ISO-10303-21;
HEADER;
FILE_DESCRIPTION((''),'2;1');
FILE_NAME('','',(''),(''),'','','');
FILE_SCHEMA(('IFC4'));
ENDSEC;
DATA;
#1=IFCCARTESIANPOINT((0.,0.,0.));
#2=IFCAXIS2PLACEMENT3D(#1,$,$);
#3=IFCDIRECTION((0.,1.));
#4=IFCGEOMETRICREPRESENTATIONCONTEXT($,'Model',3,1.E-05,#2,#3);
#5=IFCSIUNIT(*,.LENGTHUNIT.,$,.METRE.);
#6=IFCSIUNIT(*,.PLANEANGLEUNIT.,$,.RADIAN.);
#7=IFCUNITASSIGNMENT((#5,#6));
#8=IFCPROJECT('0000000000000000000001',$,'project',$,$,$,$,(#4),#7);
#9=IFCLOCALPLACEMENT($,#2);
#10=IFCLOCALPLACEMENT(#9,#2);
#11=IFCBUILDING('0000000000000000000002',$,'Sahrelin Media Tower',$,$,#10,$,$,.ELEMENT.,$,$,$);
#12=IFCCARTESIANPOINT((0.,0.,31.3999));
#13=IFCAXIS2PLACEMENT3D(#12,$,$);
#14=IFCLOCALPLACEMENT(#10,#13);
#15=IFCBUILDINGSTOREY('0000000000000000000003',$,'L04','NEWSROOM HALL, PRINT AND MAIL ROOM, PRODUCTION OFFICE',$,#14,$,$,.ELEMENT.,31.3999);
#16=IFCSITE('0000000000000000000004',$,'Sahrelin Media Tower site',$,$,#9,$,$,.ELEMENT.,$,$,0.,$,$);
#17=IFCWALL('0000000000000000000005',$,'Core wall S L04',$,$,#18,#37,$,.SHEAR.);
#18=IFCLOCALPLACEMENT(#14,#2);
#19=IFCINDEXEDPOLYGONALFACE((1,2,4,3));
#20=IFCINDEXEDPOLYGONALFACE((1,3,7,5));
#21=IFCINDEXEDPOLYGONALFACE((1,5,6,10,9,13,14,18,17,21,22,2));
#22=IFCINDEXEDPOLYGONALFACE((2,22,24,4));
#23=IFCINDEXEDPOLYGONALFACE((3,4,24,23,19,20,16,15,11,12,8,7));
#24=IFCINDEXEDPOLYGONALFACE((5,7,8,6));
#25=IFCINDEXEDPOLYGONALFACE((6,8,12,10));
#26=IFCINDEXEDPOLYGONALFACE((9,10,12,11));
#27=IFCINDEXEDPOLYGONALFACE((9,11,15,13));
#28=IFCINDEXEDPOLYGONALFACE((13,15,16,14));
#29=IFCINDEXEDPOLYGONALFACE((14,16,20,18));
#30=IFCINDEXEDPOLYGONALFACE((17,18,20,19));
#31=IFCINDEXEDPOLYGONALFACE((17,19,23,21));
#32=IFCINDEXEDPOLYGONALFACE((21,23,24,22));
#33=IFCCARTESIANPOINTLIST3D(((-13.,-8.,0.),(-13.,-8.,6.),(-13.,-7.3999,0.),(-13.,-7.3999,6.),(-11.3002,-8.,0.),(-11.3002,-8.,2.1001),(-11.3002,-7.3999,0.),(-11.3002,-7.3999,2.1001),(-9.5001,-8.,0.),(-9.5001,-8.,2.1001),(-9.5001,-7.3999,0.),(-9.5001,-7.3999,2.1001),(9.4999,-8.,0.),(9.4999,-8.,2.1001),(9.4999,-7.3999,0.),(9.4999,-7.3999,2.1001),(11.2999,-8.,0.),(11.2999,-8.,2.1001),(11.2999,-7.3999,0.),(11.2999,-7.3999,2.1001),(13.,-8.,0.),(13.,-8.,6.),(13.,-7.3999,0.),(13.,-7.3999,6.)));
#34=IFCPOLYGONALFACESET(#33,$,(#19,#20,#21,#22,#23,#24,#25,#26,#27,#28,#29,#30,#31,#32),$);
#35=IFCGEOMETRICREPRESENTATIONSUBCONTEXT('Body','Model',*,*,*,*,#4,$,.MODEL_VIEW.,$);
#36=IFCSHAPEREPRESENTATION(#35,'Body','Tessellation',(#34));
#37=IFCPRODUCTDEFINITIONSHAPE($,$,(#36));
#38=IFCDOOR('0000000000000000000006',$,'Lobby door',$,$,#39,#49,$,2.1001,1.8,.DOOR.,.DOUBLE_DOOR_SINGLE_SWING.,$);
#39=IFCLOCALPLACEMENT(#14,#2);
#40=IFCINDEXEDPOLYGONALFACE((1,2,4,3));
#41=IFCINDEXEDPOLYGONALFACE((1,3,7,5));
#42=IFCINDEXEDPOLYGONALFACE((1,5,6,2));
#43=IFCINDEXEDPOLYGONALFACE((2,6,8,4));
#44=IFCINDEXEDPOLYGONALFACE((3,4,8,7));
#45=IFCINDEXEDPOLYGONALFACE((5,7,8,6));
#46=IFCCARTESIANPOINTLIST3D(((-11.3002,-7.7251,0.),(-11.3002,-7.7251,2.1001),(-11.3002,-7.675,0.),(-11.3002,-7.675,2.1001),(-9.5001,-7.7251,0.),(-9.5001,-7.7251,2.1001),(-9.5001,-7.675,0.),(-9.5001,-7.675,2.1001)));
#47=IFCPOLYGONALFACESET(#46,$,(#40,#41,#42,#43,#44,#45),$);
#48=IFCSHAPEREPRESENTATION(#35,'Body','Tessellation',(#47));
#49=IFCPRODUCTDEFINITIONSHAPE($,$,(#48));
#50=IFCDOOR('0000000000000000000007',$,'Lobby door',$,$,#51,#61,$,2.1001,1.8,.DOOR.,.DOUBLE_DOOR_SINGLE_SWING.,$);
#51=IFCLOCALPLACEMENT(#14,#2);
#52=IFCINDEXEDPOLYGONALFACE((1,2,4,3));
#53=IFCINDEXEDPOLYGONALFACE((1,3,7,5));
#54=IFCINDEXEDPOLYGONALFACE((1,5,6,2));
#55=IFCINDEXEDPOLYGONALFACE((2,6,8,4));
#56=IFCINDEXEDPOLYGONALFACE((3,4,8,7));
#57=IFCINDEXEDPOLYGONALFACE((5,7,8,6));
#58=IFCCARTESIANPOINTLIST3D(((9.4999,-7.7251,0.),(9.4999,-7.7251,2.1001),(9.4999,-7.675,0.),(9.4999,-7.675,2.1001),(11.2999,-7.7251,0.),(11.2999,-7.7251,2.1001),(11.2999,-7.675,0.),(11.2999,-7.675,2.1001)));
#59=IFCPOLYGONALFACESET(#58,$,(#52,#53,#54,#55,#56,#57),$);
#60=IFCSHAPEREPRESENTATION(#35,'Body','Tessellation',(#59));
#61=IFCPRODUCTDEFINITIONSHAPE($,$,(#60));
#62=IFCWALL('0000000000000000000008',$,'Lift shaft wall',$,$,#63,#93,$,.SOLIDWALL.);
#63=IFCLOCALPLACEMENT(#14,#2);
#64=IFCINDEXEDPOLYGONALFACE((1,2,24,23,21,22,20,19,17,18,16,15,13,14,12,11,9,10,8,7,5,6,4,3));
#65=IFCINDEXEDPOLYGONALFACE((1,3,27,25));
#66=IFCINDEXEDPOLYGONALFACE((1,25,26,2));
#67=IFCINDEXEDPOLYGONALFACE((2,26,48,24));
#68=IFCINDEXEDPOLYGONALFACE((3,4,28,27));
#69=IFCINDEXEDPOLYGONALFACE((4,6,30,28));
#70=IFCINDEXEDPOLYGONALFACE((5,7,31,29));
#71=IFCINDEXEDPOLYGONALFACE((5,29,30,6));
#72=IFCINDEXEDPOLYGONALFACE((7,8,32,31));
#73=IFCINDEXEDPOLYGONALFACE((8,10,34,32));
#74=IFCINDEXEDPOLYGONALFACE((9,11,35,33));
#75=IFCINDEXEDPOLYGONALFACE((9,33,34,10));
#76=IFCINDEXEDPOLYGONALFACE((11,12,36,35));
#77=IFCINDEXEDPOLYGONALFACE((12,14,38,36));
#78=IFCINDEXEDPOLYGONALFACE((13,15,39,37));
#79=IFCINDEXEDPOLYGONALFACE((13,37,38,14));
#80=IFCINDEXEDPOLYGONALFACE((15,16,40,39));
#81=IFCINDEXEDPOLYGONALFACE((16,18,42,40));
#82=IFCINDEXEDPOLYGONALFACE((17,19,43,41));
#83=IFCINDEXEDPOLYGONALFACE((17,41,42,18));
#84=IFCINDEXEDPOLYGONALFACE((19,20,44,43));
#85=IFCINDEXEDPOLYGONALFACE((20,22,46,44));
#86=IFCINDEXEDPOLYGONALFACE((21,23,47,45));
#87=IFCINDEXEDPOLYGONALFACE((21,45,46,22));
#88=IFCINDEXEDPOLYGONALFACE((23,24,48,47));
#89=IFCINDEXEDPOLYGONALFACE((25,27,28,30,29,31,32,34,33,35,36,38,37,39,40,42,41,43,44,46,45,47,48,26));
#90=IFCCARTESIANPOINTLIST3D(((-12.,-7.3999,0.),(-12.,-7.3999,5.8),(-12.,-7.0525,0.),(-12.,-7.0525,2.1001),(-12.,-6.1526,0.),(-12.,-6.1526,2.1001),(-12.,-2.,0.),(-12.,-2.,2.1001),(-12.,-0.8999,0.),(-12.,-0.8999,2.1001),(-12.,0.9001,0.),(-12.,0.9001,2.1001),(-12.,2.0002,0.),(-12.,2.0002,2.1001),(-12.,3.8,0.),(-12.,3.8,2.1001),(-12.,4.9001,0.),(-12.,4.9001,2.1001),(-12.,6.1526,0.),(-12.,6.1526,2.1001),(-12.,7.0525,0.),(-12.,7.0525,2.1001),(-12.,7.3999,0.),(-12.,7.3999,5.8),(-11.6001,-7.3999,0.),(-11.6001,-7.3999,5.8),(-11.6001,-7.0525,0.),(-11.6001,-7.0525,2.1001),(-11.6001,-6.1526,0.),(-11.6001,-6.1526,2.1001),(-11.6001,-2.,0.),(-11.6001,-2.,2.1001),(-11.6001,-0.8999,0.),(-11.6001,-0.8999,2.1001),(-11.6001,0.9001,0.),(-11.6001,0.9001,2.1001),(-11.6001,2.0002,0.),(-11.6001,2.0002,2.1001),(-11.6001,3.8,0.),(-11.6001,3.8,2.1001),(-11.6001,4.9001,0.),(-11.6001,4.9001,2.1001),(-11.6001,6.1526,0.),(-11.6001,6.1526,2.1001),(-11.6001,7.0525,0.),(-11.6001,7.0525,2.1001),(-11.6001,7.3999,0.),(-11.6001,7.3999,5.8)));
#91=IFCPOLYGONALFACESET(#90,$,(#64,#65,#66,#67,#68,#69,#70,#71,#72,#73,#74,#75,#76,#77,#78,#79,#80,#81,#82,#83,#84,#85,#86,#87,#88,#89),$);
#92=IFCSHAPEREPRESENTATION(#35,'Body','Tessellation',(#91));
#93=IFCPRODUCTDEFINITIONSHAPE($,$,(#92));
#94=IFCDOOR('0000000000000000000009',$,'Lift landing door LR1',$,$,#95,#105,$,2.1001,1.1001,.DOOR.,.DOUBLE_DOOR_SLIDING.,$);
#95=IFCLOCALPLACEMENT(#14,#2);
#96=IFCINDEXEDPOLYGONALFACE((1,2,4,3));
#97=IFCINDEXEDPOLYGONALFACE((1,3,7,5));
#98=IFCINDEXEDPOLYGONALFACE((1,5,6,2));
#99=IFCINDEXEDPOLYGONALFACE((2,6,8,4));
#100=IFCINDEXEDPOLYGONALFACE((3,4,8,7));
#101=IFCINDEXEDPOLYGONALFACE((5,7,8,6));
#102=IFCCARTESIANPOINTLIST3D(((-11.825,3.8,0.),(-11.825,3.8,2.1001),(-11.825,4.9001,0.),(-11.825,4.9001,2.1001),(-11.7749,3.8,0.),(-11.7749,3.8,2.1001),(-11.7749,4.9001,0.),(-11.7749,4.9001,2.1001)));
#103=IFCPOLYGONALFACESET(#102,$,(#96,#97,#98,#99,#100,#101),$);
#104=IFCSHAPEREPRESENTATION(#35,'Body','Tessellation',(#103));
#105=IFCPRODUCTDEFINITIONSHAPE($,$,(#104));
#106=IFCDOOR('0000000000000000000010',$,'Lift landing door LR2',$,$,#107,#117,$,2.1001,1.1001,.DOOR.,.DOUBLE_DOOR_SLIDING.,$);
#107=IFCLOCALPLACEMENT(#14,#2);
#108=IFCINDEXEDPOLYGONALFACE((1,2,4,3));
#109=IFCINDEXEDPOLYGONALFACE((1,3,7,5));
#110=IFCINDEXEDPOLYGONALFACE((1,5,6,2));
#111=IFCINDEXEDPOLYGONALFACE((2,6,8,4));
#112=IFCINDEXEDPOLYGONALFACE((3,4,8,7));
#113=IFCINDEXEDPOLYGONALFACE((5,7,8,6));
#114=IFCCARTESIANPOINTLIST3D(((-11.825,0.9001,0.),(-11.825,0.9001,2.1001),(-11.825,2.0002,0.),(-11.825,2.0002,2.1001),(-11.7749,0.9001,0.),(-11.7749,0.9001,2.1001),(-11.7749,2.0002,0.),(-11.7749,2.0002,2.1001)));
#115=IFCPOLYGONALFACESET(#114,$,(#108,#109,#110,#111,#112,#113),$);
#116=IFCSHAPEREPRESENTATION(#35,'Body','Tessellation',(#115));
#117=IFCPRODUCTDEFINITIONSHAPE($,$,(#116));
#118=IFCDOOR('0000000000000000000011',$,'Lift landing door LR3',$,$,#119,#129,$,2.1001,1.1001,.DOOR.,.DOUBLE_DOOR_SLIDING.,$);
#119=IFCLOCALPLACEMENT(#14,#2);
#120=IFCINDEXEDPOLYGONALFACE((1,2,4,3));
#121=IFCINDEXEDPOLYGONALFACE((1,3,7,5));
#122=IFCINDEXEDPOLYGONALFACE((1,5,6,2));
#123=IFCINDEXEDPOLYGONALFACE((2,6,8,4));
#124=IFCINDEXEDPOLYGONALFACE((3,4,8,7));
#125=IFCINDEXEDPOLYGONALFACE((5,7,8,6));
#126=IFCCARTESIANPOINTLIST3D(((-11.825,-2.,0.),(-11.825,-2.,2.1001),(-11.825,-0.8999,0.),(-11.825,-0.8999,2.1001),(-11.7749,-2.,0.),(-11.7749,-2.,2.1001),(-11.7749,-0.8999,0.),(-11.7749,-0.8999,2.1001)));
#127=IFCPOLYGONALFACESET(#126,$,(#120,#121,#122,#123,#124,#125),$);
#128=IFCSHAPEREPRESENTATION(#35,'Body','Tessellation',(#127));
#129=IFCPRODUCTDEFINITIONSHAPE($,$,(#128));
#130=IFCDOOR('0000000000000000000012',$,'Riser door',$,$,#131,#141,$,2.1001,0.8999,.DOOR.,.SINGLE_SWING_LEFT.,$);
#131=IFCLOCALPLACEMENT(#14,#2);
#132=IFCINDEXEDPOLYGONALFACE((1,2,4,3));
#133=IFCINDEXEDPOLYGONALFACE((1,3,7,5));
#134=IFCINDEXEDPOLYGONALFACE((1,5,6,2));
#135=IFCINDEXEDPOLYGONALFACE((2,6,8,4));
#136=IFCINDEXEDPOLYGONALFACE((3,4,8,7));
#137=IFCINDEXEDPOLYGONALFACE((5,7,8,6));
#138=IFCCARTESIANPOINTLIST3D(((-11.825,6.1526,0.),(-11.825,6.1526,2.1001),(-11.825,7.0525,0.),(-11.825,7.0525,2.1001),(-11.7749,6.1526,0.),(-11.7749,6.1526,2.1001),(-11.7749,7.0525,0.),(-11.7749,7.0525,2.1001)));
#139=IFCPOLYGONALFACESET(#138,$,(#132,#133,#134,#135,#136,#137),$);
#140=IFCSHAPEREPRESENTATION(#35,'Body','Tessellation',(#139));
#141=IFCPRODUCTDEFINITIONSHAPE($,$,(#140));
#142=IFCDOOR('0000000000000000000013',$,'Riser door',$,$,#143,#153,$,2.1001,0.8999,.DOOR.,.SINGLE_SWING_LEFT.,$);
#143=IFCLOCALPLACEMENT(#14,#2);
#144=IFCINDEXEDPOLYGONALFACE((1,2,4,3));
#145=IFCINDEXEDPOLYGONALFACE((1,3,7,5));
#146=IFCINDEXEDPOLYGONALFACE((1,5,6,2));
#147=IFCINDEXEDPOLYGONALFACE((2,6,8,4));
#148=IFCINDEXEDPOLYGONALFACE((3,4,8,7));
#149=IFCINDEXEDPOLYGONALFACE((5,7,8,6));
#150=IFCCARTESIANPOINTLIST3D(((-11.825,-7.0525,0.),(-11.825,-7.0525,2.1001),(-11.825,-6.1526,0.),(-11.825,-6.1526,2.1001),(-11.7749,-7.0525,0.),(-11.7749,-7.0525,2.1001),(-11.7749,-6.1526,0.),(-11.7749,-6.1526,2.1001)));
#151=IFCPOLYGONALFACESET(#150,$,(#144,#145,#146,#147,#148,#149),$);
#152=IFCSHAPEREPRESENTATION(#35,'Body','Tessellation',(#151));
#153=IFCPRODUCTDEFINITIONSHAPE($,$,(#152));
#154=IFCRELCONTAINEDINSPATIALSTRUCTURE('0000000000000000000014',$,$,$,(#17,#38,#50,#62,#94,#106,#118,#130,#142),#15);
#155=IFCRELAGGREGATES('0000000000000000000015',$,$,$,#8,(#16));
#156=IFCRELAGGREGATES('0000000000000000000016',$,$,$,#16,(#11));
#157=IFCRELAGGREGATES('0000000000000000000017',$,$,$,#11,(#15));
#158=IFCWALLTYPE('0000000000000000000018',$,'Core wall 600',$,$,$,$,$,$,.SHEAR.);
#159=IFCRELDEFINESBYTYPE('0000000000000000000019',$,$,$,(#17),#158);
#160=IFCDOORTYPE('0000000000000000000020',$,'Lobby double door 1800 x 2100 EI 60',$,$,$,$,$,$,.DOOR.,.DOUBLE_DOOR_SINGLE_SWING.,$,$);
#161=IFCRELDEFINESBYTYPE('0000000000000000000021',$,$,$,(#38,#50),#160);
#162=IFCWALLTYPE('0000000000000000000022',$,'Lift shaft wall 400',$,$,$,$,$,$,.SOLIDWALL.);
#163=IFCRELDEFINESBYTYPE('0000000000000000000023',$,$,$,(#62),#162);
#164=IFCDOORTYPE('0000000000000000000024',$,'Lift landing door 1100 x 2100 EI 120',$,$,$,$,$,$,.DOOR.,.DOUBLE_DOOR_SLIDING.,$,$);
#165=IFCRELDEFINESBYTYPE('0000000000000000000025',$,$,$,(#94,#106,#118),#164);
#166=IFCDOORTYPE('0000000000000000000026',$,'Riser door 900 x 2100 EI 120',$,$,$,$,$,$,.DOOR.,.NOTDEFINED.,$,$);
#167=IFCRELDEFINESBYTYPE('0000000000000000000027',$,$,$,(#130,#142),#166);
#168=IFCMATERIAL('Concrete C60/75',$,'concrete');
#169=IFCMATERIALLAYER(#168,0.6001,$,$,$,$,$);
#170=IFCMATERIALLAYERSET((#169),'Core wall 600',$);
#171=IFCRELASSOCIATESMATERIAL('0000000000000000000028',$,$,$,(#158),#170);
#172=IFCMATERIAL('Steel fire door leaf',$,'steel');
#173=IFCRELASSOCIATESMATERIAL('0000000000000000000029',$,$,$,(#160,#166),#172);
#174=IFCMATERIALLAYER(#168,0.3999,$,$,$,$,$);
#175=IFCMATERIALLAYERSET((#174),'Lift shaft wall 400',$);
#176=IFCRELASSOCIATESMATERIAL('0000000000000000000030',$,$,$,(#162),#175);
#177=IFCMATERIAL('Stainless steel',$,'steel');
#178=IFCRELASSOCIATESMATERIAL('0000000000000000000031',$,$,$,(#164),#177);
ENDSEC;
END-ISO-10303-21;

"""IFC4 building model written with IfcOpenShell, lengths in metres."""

from ifc_helpers import new_model, si_unit, direction, frame, frame_2d, origin, place, context, subcontext, project, spatial, rectangle, extrude, material, layer, layer_set, type_object, element, fill, save


model = new_model("IFC4")

# Units and contexts
model_context = context("Model", 3, precision=1e-05, world=origin(), true_north=direction((0.0, 1.0)))
body_context = subcontext(model_context, "Body", "Model", "MODEL_VIEW")
ifc_project = project(units=[si_unit("LENGTHUNIT", "METRE"), si_unit("PLANEANGLEUNIT", "RADIAN")], contexts=[model_context])

# Site, building, storey
site_placement = place(None, origin())
site = spatial("IfcSite", under=ifc_project, at=site_placement, Name="Sahrelin Media Tower site", CompositionType="ELEMENT", RefElevation=0.0)
building_placement = place(site_placement, origin())
building = spatial("IfcBuilding", under=site, at=building_placement, Name="Sahrelin Media Tower", CompositionType="ELEMENT")
storey_placement = place(building_placement, frame((0.0, 0.0, 31.3999)))
storey = spatial("IfcBuildingStorey", under=building, at=storey_placement, Name="L04", Description="NEWSROOM HALL, PRINT AND MAIL ROOM, PRODUCTION OFFICE", CompositionType="ELEMENT", Elevation=31.3999)

# Walls, openings, doors
ifc_material_1 = material(Name="Concrete C60/75", Category="concrete")
ifc_layer_1 = layer(ifc_material_1, 0.6001)
ifc_layer_set_1 = layer_set([ifc_layer_1], Name="Core wall 600")
wall_type_1 = type_object("IfcWallType", Name="Core wall 600", PredefinedType="SHEAR", material=ifc_layer_set_1)
wall_1_placement = place(storey_placement, frame((-13.0, -7.7, 0.0), z_axis=(0.0, 0.0, 1.0), x_axis=(1.0, 0.0, 0.0)))
wall_1 = element("IfcWall", 1, at=wall_1_placement, inside=storey, type_object=wall_type_1, Name="Core wall S L04", PredefinedType="SHEAR", context=body_context, shape_type="SweptSolid", body=[
    extrude(rectangle(XDim=26.0, YDim=0.6001, at=frame_2d((13.0, 0.0))), origin(), (0.0, 0.0, 1.0), 6.0),
])
opening_1_placement = place(wall_1_placement, frame((1.7, 0.0, 0.0)))
opening_1 = element("IfcOpeningElement", 2, at=opening_1_placement, cuts=wall_1, PredefinedType="OPENING", context=body_context, shape_type="SweptSolid", body=[
    extrude(rectangle(XDim=1.8, YDim=2.1001, at=frame_2d((0.8999, 1.05))), frame((0.0, 0.3, 0.0), z_axis=(0.0, -1.0, 0.0), x_axis=(1.0, 0.0, 0.0)), (0.0, 0.0, 1.0), 0.6001),
])
opening_2_placement = place(wall_1_placement, frame((22.5, 0.0, 0.0)))
opening_2 = element("IfcOpeningElement", 3, at=opening_2_placement, cuts=wall_1, PredefinedType="OPENING", context=body_context, shape_type="SweptSolid", body=[
    extrude(rectangle(XDim=1.8, YDim=2.1001, at=frame_2d((0.8999, 1.05))), frame((0.0, 0.3, 0.0), z_axis=(0.0, -1.0, 0.0), x_axis=(1.0, 0.0, 0.0)), (0.0, 0.0, 1.0), 0.6001),
])
ifc_material_2 = material(Name="Steel fire door leaf", Category="steel")
door_type_1 = type_object("IfcDoorType", Name="Lobby double door 1800 x 2100 EI 60", OperationType="DOUBLE_DOOR_SINGLE_SWING", PredefinedType="DOOR", material=ifc_material_2)
door_1_placement = place(opening_1_placement, origin())
door_1 = element("IfcDoor", 4, at=door_1_placement, inside=storey, type_object=door_type_1, Name="Lobby door", OperationType="DOUBLE_DOOR_SINGLE_SWING", OverallHeight=2.1001, OverallWidth=1.8, PredefinedType="DOOR", context=body_context, shape_type="SweptSolid", body=[
    extrude(rectangle(XDim=1.8, YDim=2.1001, at=frame_2d((0.8999, 1.05))), frame((0.0, 0.0249, 0.0), z_axis=(0.0, -1.0, 0.0), x_axis=(1.0, 0.0, 0.0)), (0.0, 0.0, 1.0), 0.05),
])
fill(opening_1, door_1)
door_2_placement = place(opening_2_placement, origin())
door_2 = element("IfcDoor", 5, at=door_2_placement, inside=storey, type_object=door_type_1, Name="Lobby door", OperationType="DOUBLE_DOOR_SINGLE_SWING", OverallHeight=2.1001, OverallWidth=1.8, PredefinedType="DOOR", context=body_context, shape_type="SweptSolid", body=[
    extrude(rectangle(XDim=1.8, YDim=2.1001, at=frame_2d((0.8999, 1.05))), frame((0.0, 0.0249, 0.0), z_axis=(0.0, -1.0, 0.0), x_axis=(1.0, 0.0, 0.0)), (0.0, 0.0, 1.0), 0.05),
])
fill(opening_2, door_2)
ifc_layer_2 = layer(ifc_material_1, 0.3999)
ifc_layer_set_2 = layer_set([ifc_layer_2], Name="Lift shaft wall 400")
wall_type_2 = type_object("IfcWallType", Name="Lift shaft wall 400", PredefinedType="SOLIDWALL", material=ifc_layer_set_2)
wall_2_placement = place(storey_placement, frame((-11.8, -7.3999, 0.0), z_axis=(0.0, 0.0, 1.0), x_axis=(0.0, 1.0, 0.0)))
wall_2 = element("IfcWall", 6, at=wall_2_placement, inside=storey, type_object=wall_type_2, Name="Lift shaft wall", PredefinedType="SOLIDWALL", context=body_context, shape_type="SweptSolid", body=[
    extrude(rectangle(XDim=14.7998, YDim=0.3999, at=frame_2d((7.3999, 0.0))), origin(), (0.0, 0.0, 1.0), 5.8),
])
opening_3_placement = place(wall_2_placement, frame((11.2, 0.0, 0.0)))
opening_3 = element("IfcOpeningElement", 7, at=opening_3_placement, cuts=wall_2, PredefinedType="OPENING", context=body_context, shape_type="SweptSolid", body=[
    extrude(rectangle(XDim=1.1001, YDim=2.1001, at=frame_2d((0.55, 1.05))), frame((0.0, 0.2, 0.0), z_axis=(0.0, -1.0, 0.0), x_axis=(1.0, 0.0, 0.0)), (0.0, 0.0, 1.0), 0.3999),
])
opening_4_placement = place(wall_2_placement, frame((8.3, 0.0, 0.0)))
opening_4 = element("IfcOpeningElement", 8, at=opening_4_placement, cuts=wall_2, PredefinedType="OPENING", context=body_context, shape_type="SweptSolid", body=[
    extrude(rectangle(XDim=1.1001, YDim=2.1001, at=frame_2d((0.55, 1.05))), frame((0.0, 0.2, 0.0), z_axis=(0.0, -1.0, 0.0), x_axis=(1.0, 0.0, 0.0)), (0.0, 0.0, 1.0), 0.3999),
])
opening_5_placement = place(wall_2_placement, frame((5.3999, 0.0, 0.0)))
opening_5 = element("IfcOpeningElement", 9, at=opening_5_placement, cuts=wall_2, PredefinedType="OPENING", context=body_context, shape_type="SweptSolid", body=[
    extrude(rectangle(XDim=1.1001, YDim=2.1001, at=frame_2d((0.55, 1.05))), frame((0.0, 0.2, 0.0), z_axis=(0.0, -1.0, 0.0), x_axis=(1.0, 0.0, 0.0)), (0.0, 0.0, 1.0), 0.3999),
])
opening_6_placement = place(wall_2_placement, frame((13.5525, 0.0, 0.0)))
opening_6 = element("IfcOpeningElement", 10, at=opening_6_placement, cuts=wall_2, PredefinedType="OPENING", context=body_context, shape_type="SweptSolid", body=[
    extrude(rectangle(XDim=0.8999, YDim=2.1001, at=frame_2d((0.45, 1.05))), frame((0.0, 0.2, 0.0), z_axis=(0.0, -1.0, 0.0), x_axis=(1.0, 0.0, 0.0)), (0.0, 0.0, 1.0), 0.3999),
])
opening_7_placement = place(wall_2_placement, frame((0.3474, 0.0, 0.0)))
opening_7 = element("IfcOpeningElement", 11, at=opening_7_placement, cuts=wall_2, PredefinedType="OPENING", context=body_context, shape_type="SweptSolid", body=[
    extrude(rectangle(XDim=0.8999, YDim=2.1001, at=frame_2d((0.45, 1.05))), frame((0.0, 0.2, 0.0), z_axis=(0.0, -1.0, 0.0), x_axis=(1.0, 0.0, 0.0)), (0.0, 0.0, 1.0), 0.3999),
])
ifc_material_3 = material(Name="Stainless steel", Category="steel")
door_type_2 = type_object("IfcDoorType", Name="Lift landing door 1100 x 2100 EI 120", OperationType="DOUBLE_DOOR_SLIDING", PredefinedType="DOOR", material=ifc_material_3)
door_3_placement = place(opening_3_placement, origin())
door_3 = element("IfcDoor", 12, at=door_3_placement, inside=storey, type_object=door_type_2, Name="Lift landing door LR1", OperationType="DOUBLE_DOOR_SLIDING", OverallHeight=2.1001, OverallWidth=1.1001, PredefinedType="DOOR", context=body_context, shape_type="SweptSolid", body=[
    extrude(rectangle(XDim=1.1001, YDim=2.1001, at=frame_2d((0.55, 1.05))), frame((0.0, 0.0249, 0.0), z_axis=(0.0, -1.0, 0.0), x_axis=(1.0, 0.0, 0.0)), (0.0, 0.0, 1.0), 0.05),
])
fill(opening_3, door_3)
door_4_placement = place(opening_4_placement, origin())
door_4 = element("IfcDoor", 13, at=door_4_placement, inside=storey, type_object=door_type_2, Name="Lift landing door LR2", OperationType="DOUBLE_DOOR_SLIDING", OverallHeight=2.1001, OverallWidth=1.1001, PredefinedType="DOOR", context=body_context, shape_type="SweptSolid", body=[
    extrude(rectangle(XDim=1.1001, YDim=2.1001, at=frame_2d((0.55, 1.05))), frame((0.0, 0.0249, 0.0), z_axis=(0.0, -1.0, 0.0), x_axis=(1.0, 0.0, 0.0)), (0.0, 0.0, 1.0), 0.05),
])
fill(opening_4, door_4)
door_5_placement = place(opening_5_placement, origin())
door_5 = element("IfcDoor", 14, at=door_5_placement, inside=storey, type_object=door_type_2, Name="Lift landing door LR3", OperationType="DOUBLE_DOOR_SLIDING", OverallHeight=2.1001, OverallWidth=1.1001, PredefinedType="DOOR", context=body_context, shape_type="SweptSolid", body=[
    extrude(rectangle(XDim=1.1001, YDim=2.1001, at=frame_2d((0.55, 1.05))), frame((0.0, 0.0249, 0.0), z_axis=(0.0, -1.0, 0.0), x_axis=(1.0, 0.0, 0.0)), (0.0, 0.0, 1.0), 0.05),
])
fill(opening_5, door_5)
door_type_3 = type_object("IfcDoorType", Name="Riser door 900 x 2100 EI 120", OperationType="NOTDEFINED", PredefinedType="DOOR", material=ifc_material_2)
door_6_placement = place(opening_6_placement, origin())
door_6 = element("IfcDoor", 15, at=door_6_placement, inside=storey, type_object=door_type_3, Name="Riser door", OperationType="SINGLE_SWING_LEFT", OverallHeight=2.1001, OverallWidth=0.8999, PredefinedType="DOOR", context=body_context, shape_type="SweptSolid", body=[
    extrude(rectangle(XDim=0.8999, YDim=2.1001, at=frame_2d((0.45, 1.05))), frame((0.0, 0.0249, 0.0), z_axis=(0.0, -1.0, 0.0), x_axis=(1.0, 0.0, 0.0)), (0.0, 0.0, 1.0), 0.05),
])
fill(opening_6, door_6)
door_7_placement = place(opening_7_placement, origin())
door_7 = element("IfcDoor", 16, at=door_7_placement, inside=storey, type_object=door_type_3, Name="Riser door", OperationType="SINGLE_SWING_LEFT", OverallHeight=2.1001, OverallWidth=0.8999, PredefinedType="DOOR", context=body_context, shape_type="SweptSolid", body=[
    extrude(rectangle(XDim=0.8999, YDim=2.1001, at=frame_2d((0.45, 1.05))), frame((0.0, 0.0249, 0.0), z_axis=(0.0, -1.0, 0.0), x_axis=(1.0, 0.0, 0.0)), (0.0, 0.0, 1.0), 0.05),
])
fill(opening_7, door_7)

save(model, "model.ifc")
